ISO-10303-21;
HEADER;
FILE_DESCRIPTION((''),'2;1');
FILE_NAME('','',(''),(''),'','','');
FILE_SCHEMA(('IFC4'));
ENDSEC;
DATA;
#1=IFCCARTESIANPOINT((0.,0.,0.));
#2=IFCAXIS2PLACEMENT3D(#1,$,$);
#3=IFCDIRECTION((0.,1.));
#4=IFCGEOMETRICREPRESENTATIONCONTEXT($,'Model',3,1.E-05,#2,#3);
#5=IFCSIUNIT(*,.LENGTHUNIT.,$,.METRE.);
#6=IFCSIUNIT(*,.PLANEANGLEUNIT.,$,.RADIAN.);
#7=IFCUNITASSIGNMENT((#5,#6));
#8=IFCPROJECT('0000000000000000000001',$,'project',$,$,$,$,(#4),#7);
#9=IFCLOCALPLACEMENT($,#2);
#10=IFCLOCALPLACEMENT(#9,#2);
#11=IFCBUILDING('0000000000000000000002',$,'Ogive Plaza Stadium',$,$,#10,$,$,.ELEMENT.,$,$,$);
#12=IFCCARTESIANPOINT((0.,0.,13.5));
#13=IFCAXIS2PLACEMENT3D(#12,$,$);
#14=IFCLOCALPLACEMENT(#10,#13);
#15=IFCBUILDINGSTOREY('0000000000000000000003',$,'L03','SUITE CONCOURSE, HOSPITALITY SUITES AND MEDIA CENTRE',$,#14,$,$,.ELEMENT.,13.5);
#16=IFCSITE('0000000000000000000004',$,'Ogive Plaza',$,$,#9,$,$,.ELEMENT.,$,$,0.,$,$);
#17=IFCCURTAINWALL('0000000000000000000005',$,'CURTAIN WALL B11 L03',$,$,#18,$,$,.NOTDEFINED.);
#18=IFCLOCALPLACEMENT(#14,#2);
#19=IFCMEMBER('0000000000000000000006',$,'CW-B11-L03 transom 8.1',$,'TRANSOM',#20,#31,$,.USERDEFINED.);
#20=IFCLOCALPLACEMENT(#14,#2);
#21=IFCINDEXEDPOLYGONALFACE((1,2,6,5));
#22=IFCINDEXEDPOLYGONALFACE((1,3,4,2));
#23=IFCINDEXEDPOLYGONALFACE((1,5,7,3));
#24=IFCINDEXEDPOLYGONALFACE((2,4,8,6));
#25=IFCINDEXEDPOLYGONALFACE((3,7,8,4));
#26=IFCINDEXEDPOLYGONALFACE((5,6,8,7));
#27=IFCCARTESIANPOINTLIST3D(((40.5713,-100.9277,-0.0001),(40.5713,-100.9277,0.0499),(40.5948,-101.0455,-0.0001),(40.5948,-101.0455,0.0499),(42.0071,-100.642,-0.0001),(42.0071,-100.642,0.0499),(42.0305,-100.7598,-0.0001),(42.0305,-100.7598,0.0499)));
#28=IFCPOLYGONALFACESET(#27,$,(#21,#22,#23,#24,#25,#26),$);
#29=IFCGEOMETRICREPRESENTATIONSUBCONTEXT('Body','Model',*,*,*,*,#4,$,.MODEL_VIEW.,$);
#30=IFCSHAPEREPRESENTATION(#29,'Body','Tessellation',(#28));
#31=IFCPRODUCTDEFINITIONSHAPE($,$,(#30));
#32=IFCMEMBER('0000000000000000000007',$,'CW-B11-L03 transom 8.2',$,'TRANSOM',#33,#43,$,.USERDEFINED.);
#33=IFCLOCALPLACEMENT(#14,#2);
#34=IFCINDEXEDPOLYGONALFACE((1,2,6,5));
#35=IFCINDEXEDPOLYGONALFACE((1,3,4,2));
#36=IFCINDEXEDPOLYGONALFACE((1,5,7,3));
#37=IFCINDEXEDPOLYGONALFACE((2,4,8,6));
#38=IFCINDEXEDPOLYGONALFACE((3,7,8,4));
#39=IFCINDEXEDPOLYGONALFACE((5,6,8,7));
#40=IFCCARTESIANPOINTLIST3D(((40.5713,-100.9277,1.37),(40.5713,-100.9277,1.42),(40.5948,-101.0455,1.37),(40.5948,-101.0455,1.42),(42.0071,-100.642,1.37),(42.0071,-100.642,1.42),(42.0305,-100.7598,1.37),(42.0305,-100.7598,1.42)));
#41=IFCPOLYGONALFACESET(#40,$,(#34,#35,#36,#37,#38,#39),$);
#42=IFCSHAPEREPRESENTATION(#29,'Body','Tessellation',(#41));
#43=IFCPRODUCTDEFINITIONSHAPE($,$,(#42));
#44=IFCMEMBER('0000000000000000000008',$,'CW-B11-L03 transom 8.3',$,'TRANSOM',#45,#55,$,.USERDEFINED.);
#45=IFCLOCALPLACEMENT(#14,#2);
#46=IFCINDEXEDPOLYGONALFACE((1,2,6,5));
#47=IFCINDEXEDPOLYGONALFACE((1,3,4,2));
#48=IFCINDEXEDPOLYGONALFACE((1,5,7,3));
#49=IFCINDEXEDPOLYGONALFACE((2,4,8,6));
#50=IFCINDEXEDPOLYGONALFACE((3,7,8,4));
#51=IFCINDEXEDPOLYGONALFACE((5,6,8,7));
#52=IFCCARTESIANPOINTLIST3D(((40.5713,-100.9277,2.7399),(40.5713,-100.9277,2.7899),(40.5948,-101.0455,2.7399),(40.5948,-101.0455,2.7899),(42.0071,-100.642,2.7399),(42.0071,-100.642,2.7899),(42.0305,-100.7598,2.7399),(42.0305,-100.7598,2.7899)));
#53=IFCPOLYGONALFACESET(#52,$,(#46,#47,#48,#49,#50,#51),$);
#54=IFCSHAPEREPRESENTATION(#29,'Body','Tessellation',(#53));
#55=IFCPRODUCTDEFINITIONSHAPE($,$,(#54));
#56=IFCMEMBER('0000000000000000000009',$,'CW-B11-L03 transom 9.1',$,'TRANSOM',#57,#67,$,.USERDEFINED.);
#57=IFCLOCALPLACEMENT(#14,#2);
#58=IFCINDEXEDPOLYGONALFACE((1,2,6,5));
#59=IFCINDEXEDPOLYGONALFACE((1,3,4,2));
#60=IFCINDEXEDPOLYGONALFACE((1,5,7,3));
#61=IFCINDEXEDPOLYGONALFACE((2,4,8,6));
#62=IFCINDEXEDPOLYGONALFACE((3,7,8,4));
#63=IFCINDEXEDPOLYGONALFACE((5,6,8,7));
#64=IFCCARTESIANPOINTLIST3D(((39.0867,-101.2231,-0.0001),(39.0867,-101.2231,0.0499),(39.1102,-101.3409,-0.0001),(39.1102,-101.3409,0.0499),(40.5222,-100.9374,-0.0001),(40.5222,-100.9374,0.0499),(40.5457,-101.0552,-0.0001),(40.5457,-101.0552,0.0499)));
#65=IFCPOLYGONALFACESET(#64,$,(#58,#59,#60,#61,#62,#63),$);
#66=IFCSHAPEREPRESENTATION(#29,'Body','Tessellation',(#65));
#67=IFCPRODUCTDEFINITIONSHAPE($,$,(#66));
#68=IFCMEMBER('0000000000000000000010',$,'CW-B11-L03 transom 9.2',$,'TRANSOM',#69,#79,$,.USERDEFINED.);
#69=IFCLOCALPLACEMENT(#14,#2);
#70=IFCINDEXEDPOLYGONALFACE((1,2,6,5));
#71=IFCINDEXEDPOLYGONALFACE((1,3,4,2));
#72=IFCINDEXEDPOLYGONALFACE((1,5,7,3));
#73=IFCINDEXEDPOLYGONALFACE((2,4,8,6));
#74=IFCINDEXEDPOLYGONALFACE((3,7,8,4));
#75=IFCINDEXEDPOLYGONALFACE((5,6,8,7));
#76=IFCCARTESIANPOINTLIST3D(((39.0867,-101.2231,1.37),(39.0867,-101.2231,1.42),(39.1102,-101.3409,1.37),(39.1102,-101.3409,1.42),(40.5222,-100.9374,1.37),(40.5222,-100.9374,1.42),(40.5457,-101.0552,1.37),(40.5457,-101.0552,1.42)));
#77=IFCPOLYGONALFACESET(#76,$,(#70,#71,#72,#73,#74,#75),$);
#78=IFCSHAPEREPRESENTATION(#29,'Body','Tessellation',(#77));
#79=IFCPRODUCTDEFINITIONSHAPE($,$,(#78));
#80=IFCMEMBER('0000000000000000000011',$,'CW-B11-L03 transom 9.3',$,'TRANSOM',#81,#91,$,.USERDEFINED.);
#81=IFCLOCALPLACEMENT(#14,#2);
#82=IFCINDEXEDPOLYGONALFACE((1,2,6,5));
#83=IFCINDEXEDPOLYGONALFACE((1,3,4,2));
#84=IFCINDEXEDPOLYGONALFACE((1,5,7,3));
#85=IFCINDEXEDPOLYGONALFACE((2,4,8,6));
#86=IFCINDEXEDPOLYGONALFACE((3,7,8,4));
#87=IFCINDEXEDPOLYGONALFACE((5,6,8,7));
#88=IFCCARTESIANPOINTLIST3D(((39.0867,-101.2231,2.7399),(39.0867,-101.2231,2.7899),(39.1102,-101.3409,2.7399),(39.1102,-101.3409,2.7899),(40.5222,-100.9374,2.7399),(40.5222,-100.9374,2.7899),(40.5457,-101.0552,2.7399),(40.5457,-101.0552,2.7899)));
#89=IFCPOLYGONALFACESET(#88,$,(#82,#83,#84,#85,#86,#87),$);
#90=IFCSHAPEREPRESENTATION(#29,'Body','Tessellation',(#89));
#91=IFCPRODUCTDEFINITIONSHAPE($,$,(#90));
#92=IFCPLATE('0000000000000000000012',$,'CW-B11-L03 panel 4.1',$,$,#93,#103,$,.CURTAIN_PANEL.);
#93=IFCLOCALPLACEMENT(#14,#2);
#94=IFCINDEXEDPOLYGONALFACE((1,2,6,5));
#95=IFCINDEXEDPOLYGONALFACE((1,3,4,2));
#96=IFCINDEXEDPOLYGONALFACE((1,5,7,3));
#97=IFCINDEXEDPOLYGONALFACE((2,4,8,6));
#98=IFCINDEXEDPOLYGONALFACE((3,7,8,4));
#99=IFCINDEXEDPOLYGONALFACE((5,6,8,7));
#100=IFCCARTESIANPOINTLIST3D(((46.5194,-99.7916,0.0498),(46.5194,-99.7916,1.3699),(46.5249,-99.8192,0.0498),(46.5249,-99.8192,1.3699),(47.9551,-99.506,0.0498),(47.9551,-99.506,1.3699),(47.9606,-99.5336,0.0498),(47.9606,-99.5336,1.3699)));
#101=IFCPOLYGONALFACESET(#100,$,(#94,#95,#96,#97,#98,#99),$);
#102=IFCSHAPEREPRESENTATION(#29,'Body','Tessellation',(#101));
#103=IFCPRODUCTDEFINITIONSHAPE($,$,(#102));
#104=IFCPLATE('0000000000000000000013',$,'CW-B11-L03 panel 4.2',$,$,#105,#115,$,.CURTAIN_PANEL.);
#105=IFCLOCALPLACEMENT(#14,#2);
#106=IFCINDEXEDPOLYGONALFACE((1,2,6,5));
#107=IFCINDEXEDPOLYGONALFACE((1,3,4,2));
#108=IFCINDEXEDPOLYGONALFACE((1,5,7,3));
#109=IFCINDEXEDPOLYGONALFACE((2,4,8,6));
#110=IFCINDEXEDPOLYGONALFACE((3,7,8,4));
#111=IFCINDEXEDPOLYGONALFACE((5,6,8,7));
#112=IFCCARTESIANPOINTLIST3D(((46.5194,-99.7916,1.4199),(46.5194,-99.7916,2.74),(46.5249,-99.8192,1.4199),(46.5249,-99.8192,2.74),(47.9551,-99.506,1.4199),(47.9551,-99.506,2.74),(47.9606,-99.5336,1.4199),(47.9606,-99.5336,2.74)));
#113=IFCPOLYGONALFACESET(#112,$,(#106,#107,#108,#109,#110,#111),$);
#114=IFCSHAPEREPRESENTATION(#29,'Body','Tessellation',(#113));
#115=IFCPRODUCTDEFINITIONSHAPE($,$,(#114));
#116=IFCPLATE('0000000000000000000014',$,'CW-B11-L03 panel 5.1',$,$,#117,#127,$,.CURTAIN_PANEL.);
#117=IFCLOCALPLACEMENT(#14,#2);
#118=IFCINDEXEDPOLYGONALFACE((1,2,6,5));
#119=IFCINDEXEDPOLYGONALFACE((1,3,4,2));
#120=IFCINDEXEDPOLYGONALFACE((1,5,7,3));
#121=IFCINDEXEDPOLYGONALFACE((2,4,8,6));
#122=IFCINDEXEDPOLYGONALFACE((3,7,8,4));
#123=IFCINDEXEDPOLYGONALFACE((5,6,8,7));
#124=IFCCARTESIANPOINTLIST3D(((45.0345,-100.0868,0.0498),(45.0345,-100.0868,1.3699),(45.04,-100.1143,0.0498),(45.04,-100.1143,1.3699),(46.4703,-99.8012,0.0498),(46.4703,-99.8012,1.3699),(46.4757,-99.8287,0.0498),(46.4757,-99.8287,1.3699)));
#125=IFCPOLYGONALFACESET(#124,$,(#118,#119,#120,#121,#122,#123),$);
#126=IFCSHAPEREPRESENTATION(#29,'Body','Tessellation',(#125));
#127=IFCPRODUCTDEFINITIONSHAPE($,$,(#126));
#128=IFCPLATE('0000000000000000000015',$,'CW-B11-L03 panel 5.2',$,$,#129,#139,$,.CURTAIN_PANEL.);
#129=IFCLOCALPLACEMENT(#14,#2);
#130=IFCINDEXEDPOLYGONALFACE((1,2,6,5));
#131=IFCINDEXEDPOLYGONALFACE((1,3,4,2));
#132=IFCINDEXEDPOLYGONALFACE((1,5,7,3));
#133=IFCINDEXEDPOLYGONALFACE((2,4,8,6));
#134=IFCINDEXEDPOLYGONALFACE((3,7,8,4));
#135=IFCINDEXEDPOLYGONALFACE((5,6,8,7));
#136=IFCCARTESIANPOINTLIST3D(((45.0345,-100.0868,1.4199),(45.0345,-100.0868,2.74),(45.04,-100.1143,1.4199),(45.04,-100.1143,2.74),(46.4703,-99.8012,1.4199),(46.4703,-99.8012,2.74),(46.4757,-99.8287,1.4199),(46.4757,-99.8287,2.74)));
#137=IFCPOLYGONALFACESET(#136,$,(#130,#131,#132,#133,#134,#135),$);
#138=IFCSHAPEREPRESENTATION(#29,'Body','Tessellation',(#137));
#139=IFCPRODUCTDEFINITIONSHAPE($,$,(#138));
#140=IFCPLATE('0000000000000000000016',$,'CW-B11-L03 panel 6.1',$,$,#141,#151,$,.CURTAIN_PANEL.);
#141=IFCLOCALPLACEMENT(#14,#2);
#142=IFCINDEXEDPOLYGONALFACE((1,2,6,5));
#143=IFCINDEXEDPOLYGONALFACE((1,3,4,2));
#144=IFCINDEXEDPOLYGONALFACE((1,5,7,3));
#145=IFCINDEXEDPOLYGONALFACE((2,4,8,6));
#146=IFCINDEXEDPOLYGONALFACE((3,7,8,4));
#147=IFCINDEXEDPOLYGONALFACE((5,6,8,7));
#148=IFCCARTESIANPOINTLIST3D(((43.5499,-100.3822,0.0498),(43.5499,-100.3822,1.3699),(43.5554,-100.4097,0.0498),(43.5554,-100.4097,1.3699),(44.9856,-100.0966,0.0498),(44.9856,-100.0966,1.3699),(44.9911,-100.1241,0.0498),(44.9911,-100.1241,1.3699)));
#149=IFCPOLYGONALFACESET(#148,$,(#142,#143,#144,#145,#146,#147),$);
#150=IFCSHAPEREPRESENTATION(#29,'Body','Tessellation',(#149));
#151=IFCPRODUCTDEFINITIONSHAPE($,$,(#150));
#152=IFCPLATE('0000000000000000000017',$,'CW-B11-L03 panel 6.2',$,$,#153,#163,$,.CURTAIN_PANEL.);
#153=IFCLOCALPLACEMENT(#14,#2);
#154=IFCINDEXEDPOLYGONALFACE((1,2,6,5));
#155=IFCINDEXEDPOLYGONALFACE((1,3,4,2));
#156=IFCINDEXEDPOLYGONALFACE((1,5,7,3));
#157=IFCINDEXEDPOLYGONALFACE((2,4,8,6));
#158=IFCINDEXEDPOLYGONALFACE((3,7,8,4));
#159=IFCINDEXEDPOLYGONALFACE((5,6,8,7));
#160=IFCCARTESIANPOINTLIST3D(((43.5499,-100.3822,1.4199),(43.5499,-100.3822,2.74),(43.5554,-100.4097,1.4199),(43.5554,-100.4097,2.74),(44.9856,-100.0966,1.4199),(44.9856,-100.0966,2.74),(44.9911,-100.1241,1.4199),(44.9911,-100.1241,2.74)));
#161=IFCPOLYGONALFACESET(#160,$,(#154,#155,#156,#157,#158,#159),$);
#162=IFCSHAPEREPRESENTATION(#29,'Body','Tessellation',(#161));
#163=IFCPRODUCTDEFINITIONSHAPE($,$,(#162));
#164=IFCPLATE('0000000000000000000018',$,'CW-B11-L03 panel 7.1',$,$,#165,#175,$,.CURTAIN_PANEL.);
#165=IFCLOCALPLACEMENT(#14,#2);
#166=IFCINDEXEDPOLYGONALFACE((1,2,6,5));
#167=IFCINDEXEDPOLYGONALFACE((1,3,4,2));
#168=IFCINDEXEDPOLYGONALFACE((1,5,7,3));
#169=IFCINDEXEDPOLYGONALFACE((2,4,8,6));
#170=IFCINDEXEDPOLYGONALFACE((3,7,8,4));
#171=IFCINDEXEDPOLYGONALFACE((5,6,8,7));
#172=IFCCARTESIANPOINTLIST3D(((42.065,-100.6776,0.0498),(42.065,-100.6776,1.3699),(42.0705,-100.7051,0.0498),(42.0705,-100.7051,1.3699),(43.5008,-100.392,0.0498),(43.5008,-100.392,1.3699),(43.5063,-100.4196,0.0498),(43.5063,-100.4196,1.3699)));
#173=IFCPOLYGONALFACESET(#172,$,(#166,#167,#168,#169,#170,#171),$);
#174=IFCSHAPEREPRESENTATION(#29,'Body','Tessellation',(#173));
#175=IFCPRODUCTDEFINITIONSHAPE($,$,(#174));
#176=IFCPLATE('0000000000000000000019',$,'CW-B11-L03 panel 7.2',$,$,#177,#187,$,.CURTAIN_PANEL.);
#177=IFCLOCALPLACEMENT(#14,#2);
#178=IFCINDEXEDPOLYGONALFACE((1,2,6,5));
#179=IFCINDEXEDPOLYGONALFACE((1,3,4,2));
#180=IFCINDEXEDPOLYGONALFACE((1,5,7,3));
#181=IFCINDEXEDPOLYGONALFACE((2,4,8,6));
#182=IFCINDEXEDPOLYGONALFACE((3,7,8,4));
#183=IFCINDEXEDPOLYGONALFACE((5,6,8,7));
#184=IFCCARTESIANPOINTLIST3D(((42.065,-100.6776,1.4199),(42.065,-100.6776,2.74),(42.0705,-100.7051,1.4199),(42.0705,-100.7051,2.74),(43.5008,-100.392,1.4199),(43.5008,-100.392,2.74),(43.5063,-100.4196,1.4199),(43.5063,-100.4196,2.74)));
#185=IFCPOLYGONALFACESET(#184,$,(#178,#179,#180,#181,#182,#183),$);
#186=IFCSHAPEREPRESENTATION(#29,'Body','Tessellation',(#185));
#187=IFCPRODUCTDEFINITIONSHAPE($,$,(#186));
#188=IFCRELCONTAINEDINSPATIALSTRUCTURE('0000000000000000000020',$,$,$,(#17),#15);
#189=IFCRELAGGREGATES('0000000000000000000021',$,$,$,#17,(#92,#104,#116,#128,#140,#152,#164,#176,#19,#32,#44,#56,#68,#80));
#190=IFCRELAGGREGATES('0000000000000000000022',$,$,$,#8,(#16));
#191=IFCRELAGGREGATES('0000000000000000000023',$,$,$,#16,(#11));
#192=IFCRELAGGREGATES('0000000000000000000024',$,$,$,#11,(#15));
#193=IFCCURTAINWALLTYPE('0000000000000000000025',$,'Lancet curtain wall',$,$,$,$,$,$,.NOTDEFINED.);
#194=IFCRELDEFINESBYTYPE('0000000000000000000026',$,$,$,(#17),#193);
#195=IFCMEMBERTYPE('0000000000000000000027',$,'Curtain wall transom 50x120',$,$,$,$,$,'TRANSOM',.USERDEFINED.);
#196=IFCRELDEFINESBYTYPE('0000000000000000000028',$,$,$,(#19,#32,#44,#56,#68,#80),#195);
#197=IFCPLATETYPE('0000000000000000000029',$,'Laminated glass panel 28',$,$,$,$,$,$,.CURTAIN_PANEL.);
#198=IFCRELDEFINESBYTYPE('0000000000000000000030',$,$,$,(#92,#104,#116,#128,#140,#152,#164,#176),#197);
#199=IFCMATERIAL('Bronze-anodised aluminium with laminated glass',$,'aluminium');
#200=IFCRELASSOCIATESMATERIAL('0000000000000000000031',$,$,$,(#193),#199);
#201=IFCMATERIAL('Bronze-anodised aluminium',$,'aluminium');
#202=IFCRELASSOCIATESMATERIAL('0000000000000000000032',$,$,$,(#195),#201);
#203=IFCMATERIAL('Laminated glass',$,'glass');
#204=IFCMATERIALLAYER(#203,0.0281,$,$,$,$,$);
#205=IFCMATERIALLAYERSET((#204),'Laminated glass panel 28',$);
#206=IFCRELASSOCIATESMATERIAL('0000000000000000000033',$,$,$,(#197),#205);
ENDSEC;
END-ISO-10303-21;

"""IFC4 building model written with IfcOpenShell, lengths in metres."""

from ifc_helpers import new_model, si_unit, direction, frame, origin, origin_2d, place, context, subcontext, project, spatial, rectangle, extrude, material, layer, layer_set, material_profile, profile_set, type_object, element, aggregate, save


model = new_model("IFC4")

# Units and contexts
model_context = context("Model", 3, precision=1e-05, world=origin(), true_north=direction((0.0, 1.0)))
body_context = subcontext(model_context, "Body", "Model", "MODEL_VIEW")
ifc_project = project(units=[si_unit("LENGTHUNIT", "METRE"), si_unit("PLANEANGLEUNIT", "RADIAN")], contexts=[model_context])

# Site, building, storey
site_placement = place(None, origin())
site = spatial("IfcSite", under=ifc_project, at=site_placement, Name="Ogive Plaza", CompositionType="ELEMENT", RefElevation=0.0)
building_placement = place(site_placement, origin())
building = spatial("IfcBuilding", under=site, at=building_placement, Name="Ogive Plaza Stadium", CompositionType="ELEMENT")
storey_placement = place(building_placement, frame((0.0, 0.0, 13.5)))
storey = spatial("IfcBuildingStorey", under=building, at=storey_placement, Name="L03", Description="SUITE CONCOURSE, HOSPITALITY SUITES AND MEDIA CENTRE", CompositionType="ELEMENT", Elevation=13.5)

# Curtain wall, members, plates
ifc_material_1 = material(Name="Bronze-anodised aluminium with laminated glass", Category="aluminium")
curtain_wall_type = type_object("IfcCurtainWallType", Name="Lancet curtain wall", PredefinedType="NOTDEFINED", material=ifc_material_1)
curtain_wall_placement = place(storey_placement, origin())
curtain_wall = element("IfcCurtainWall", 1, at=curtain_wall_placement, inside=storey, type_object=curtain_wall_type, Name="CURTAIN WALL B11 L03", PredefinedType="NOTDEFINED")
ifc_material_2 = material(Name="Bronze-anodised aluminium", Category="aluminium")
ifc_material_profile_1 = material_profile(ifc_material_2, rectangle(XDim=0.1201, YDim=0.05, at=origin_2d()), Name="AL 120x50")
ifc_profile_set_1 = profile_set([ifc_material_profile_1], Name="Bronze-anodised aluminium")
member_type_1 = type_object("IfcMemberType", Name="Curtain wall transom 50x120", ElementType="TRANSOM", PredefinedType="USERDEFINED", material=ifc_profile_set_1)
member_1_placement = place(storey_placement, frame((42.0188, -100.7009, 0.0249), z_axis=(-0.980779, -0.195122, 0.0), x_axis=(0.195122, -0.980779, 0.0)))
member_1 = element("IfcMember", 2, at=member_1_placement, type_object=member_type_1, Name="CW-B11-L03 transom 8.1", ObjectType="TRANSOM", PredefinedType="USERDEFINED", context=body_context, shape_type="SweptSolid", body=[
    extrude(rectangle(XDim=0.1201, YDim=0.05, at=origin_2d()), origin(), (0.0, 0.0, 1.0), 1.4639),
])
member_2_placement = place(storey_placement, frame((42.0188, -100.7009, 1.395), z_axis=(-0.980779, -0.195122, 0.0), x_axis=(0.195122, -0.980779, 0.0)))
member_2 = element("IfcMember", 3, at=member_2_placement, type_object=member_type_1, Name="CW-B11-L03 transom 8.2", ObjectType="TRANSOM", PredefinedType="USERDEFINED", context=body_context, shape_type="SweptSolid", body=[
    extrude(rectangle(XDim=0.1201, YDim=0.05, at=origin_2d()), origin(), (0.0, 0.0, 1.0), 1.4639),
])
member_3_placement = place(storey_placement, frame((42.0188, -100.7009, 2.7649), z_axis=(-0.980779, -0.195122, 0.0), x_axis=(0.195122, -0.980779, 0.0)))
member_3 = element("IfcMember", 4, at=member_3_placement, type_object=member_type_1, Name="CW-B11-L03 transom 8.3", ObjectType="TRANSOM", PredefinedType="USERDEFINED", context=body_context, shape_type="SweptSolid", body=[
    extrude(rectangle(XDim=0.1201, YDim=0.05, at=origin_2d()), origin(), (0.0, 0.0, 1.0), 1.4639),
])
member_4_placement = place(storey_placement, frame((40.5339, -100.9963, 0.0249), z_axis=(-0.980773, -0.195154, 0.0), x_axis=(0.195154, -0.980773, 0.0)))
member_4 = element("IfcMember", 5, at=member_4_placement, type_object=member_type_1, Name="CW-B11-L03 transom 9.1", ObjectType="TRANSOM", PredefinedType="USERDEFINED", context=body_context, shape_type="SweptSolid", body=[
    extrude(rectangle(XDim=0.1201, YDim=0.05, at=origin_2d()), origin(), (0.0, 0.0, 1.0), 1.4636),
])
member_5_placement = place(storey_placement, frame((40.5339, -100.9963, 1.395), z_axis=(-0.980773, -0.195154, 0.0), x_axis=(0.195154, -0.980773, 0.0)))
member_5 = element("IfcMember", 6, at=member_5_placement, type_object=member_type_1, Name="CW-B11-L03 transom 9.2", ObjectType="TRANSOM", PredefinedType="USERDEFINED", context=body_context, shape_type="SweptSolid", body=[
    extrude(rectangle(XDim=0.1201, YDim=0.05, at=origin_2d()), origin(), (0.0, 0.0, 1.0), 1.4636),
])
member_6_placement = place(storey_placement, frame((40.5339, -100.9963, 2.7649), z_axis=(-0.980773, -0.195154, 0.0), x_axis=(0.195154, -0.980773, 0.0)))
member_6 = element("IfcMember", 7, at=member_6_placement, type_object=member_type_1, Name="CW-B11-L03 transom 9.3", ObjectType="TRANSOM", PredefinedType="USERDEFINED", context=body_context, shape_type="SweptSolid", body=[
    extrude(rectangle(XDim=0.1201, YDim=0.05, at=origin_2d()), origin(), (0.0, 0.0, 1.0), 1.4636),
])
ifc_material_3 = material(Name="Laminated glass", Category="glass")
ifc_layer_1 = layer(ifc_material_3, 0.0281)
ifc_layer_set_1 = layer_set([ifc_layer_1], Name="Laminated glass panel 28")
plate_type = type_object("IfcPlateType", Name="Laminated glass panel 28", PredefinedType="CURTAIN_PANEL", material=ifc_layer_set_1)
plate_1_placement = place(storey_placement, frame((47.24, -99.6626, 0.0498), z_axis=(0.0, 0.0, 1.0), x_axis=(-0.980785, -0.19509, 0.0)))
plate_1 = element("IfcPlate", 8, at=plate_1_placement, type_object=plate_type, Name="CW-B11-L03 panel 4.1", PredefinedType="CURTAIN_PANEL", context=body_context, shape_type="SweptSolid", body=[
    extrude(rectangle(XDim=1.4639, YDim=0.0281, at=origin_2d()), origin(), (0.0, 0.0, 1.0), 1.3201),
])
plate_2_placement = place(storey_placement, frame((47.24, -99.6626, 1.4199), z_axis=(0.0, 0.0, 1.0), x_axis=(-0.980785, -0.19509, 0.0)))
plate_2 = element("IfcPlate", 9, at=plate_2_placement, type_object=plate_type, Name="CW-B11-L03 panel 4.2", PredefinedType="CURTAIN_PANEL", context=body_context, shape_type="SweptSolid", body=[
    extrude(rectangle(XDim=1.4639, YDim=0.0281, at=origin_2d()), origin(), (0.0, 0.0, 1.0), 1.3201),
])
plate_3_placement = place(storey_placement, frame((45.7551, -99.9578, 0.0498), z_axis=(0.0, 0.0, 1.0), x_axis=(-0.980785, -0.19509, 0.0)))
plate_3 = element("IfcPlate", 10, at=plate_3_placement, type_object=plate_type, Name="CW-B11-L03 panel 5.1", PredefinedType="CURTAIN_PANEL", context=body_context, shape_type="SweptSolid", body=[
    extrude(rectangle(XDim=1.4639, YDim=0.0281, at=origin_2d()), origin(), (0.0, 0.0, 1.0), 1.3201),
])
plate_4_placement = place(storey_placement, frame((45.7551, -99.9578, 1.4199), z_axis=(0.0, 0.0, 1.0), x_axis=(-0.980785, -0.19509, 0.0)))
plate_4 = element("IfcPlate", 11, at=plate_4_placement, type_object=plate_type, Name="CW-B11-L03 panel 5.2", PredefinedType="CURTAIN_PANEL", context=body_context, shape_type="SweptSolid", body=[
    extrude(rectangle(XDim=1.4639, YDim=0.0281, at=origin_2d()), origin(), (0.0, 0.0, 1.0), 1.3201),
])
plate_5_placement = place(storey_placement, frame((44.2705, -100.2532, 0.0498), z_axis=(0.0, 0.0, 1.0), x_axis=(-0.980785, -0.19509, 0.0)))
plate_5 = element("IfcPlate", 12, at=plate_5_placement, type_object=plate_type, Name="CW-B11-L03 panel 6.1", PredefinedType="CURTAIN_PANEL", context=body_context, shape_type="SweptSolid", body=[
    extrude(rectangle(XDim=1.4639, YDim=0.0281, at=origin_2d()), origin(), (0.0, 0.0, 1.0), 1.3201),
])
plate_6_placement = place(storey_placement, frame((44.2705, -100.2532, 1.4199), z_axis=(0.0, 0.0, 1.0), x_axis=(-0.980785, -0.19509, 0.0)))
plate_6 = element("IfcPlate", 13, at=plate_6_placement, type_object=plate_type, Name="CW-B11-L03 panel 6.2", PredefinedType="CURTAIN_PANEL", context=body_context, shape_type="SweptSolid", body=[
    extrude(rectangle(XDim=1.4639, YDim=0.0281, at=origin_2d()), origin(), (0.0, 0.0, 1.0), 1.3201),
])
plate_7_placement = place(storey_placement, frame((42.7856, -100.5486, 0.0498), z_axis=(0.0, 0.0, 1.0), x_axis=(-0.980785, -0.19509, 0.0)))
plate_7 = element("IfcPlate", 14, at=plate_7_placement, type_object=plate_type, Name="CW-B11-L03 panel 7.1", PredefinedType="CURTAIN_PANEL", context=body_context, shape_type="SweptSolid", body=[
    extrude(rectangle(XDim=1.4639, YDim=0.0281, at=origin_2d()), origin(), (0.0, 0.0, 1.0), 1.3201),
])
plate_8_placement = place(storey_placement, frame((42.7856, -100.5486, 1.4199), z_axis=(0.0, 0.0, 1.0), x_axis=(-0.980785, -0.19509, 0.0)))
plate_8 = element("IfcPlate", 15, at=plate_8_placement, type_object=plate_type, Name="CW-B11-L03 panel 7.2", PredefinedType="CURTAIN_PANEL", context=body_context, shape_type="SweptSolid", body=[
    extrude(rectangle(XDim=1.4639, YDim=0.0281, at=origin_2d()), origin(), (0.0, 0.0, 1.0), 1.3201),
])
aggregate(curtain_wall, [plate_1, plate_2, plate_3, plate_4, plate_5, plate_6, plate_7, plate_8, member_1, member_2, member_3, member_4, member_5, member_6])

save(model, "model.ifc")
